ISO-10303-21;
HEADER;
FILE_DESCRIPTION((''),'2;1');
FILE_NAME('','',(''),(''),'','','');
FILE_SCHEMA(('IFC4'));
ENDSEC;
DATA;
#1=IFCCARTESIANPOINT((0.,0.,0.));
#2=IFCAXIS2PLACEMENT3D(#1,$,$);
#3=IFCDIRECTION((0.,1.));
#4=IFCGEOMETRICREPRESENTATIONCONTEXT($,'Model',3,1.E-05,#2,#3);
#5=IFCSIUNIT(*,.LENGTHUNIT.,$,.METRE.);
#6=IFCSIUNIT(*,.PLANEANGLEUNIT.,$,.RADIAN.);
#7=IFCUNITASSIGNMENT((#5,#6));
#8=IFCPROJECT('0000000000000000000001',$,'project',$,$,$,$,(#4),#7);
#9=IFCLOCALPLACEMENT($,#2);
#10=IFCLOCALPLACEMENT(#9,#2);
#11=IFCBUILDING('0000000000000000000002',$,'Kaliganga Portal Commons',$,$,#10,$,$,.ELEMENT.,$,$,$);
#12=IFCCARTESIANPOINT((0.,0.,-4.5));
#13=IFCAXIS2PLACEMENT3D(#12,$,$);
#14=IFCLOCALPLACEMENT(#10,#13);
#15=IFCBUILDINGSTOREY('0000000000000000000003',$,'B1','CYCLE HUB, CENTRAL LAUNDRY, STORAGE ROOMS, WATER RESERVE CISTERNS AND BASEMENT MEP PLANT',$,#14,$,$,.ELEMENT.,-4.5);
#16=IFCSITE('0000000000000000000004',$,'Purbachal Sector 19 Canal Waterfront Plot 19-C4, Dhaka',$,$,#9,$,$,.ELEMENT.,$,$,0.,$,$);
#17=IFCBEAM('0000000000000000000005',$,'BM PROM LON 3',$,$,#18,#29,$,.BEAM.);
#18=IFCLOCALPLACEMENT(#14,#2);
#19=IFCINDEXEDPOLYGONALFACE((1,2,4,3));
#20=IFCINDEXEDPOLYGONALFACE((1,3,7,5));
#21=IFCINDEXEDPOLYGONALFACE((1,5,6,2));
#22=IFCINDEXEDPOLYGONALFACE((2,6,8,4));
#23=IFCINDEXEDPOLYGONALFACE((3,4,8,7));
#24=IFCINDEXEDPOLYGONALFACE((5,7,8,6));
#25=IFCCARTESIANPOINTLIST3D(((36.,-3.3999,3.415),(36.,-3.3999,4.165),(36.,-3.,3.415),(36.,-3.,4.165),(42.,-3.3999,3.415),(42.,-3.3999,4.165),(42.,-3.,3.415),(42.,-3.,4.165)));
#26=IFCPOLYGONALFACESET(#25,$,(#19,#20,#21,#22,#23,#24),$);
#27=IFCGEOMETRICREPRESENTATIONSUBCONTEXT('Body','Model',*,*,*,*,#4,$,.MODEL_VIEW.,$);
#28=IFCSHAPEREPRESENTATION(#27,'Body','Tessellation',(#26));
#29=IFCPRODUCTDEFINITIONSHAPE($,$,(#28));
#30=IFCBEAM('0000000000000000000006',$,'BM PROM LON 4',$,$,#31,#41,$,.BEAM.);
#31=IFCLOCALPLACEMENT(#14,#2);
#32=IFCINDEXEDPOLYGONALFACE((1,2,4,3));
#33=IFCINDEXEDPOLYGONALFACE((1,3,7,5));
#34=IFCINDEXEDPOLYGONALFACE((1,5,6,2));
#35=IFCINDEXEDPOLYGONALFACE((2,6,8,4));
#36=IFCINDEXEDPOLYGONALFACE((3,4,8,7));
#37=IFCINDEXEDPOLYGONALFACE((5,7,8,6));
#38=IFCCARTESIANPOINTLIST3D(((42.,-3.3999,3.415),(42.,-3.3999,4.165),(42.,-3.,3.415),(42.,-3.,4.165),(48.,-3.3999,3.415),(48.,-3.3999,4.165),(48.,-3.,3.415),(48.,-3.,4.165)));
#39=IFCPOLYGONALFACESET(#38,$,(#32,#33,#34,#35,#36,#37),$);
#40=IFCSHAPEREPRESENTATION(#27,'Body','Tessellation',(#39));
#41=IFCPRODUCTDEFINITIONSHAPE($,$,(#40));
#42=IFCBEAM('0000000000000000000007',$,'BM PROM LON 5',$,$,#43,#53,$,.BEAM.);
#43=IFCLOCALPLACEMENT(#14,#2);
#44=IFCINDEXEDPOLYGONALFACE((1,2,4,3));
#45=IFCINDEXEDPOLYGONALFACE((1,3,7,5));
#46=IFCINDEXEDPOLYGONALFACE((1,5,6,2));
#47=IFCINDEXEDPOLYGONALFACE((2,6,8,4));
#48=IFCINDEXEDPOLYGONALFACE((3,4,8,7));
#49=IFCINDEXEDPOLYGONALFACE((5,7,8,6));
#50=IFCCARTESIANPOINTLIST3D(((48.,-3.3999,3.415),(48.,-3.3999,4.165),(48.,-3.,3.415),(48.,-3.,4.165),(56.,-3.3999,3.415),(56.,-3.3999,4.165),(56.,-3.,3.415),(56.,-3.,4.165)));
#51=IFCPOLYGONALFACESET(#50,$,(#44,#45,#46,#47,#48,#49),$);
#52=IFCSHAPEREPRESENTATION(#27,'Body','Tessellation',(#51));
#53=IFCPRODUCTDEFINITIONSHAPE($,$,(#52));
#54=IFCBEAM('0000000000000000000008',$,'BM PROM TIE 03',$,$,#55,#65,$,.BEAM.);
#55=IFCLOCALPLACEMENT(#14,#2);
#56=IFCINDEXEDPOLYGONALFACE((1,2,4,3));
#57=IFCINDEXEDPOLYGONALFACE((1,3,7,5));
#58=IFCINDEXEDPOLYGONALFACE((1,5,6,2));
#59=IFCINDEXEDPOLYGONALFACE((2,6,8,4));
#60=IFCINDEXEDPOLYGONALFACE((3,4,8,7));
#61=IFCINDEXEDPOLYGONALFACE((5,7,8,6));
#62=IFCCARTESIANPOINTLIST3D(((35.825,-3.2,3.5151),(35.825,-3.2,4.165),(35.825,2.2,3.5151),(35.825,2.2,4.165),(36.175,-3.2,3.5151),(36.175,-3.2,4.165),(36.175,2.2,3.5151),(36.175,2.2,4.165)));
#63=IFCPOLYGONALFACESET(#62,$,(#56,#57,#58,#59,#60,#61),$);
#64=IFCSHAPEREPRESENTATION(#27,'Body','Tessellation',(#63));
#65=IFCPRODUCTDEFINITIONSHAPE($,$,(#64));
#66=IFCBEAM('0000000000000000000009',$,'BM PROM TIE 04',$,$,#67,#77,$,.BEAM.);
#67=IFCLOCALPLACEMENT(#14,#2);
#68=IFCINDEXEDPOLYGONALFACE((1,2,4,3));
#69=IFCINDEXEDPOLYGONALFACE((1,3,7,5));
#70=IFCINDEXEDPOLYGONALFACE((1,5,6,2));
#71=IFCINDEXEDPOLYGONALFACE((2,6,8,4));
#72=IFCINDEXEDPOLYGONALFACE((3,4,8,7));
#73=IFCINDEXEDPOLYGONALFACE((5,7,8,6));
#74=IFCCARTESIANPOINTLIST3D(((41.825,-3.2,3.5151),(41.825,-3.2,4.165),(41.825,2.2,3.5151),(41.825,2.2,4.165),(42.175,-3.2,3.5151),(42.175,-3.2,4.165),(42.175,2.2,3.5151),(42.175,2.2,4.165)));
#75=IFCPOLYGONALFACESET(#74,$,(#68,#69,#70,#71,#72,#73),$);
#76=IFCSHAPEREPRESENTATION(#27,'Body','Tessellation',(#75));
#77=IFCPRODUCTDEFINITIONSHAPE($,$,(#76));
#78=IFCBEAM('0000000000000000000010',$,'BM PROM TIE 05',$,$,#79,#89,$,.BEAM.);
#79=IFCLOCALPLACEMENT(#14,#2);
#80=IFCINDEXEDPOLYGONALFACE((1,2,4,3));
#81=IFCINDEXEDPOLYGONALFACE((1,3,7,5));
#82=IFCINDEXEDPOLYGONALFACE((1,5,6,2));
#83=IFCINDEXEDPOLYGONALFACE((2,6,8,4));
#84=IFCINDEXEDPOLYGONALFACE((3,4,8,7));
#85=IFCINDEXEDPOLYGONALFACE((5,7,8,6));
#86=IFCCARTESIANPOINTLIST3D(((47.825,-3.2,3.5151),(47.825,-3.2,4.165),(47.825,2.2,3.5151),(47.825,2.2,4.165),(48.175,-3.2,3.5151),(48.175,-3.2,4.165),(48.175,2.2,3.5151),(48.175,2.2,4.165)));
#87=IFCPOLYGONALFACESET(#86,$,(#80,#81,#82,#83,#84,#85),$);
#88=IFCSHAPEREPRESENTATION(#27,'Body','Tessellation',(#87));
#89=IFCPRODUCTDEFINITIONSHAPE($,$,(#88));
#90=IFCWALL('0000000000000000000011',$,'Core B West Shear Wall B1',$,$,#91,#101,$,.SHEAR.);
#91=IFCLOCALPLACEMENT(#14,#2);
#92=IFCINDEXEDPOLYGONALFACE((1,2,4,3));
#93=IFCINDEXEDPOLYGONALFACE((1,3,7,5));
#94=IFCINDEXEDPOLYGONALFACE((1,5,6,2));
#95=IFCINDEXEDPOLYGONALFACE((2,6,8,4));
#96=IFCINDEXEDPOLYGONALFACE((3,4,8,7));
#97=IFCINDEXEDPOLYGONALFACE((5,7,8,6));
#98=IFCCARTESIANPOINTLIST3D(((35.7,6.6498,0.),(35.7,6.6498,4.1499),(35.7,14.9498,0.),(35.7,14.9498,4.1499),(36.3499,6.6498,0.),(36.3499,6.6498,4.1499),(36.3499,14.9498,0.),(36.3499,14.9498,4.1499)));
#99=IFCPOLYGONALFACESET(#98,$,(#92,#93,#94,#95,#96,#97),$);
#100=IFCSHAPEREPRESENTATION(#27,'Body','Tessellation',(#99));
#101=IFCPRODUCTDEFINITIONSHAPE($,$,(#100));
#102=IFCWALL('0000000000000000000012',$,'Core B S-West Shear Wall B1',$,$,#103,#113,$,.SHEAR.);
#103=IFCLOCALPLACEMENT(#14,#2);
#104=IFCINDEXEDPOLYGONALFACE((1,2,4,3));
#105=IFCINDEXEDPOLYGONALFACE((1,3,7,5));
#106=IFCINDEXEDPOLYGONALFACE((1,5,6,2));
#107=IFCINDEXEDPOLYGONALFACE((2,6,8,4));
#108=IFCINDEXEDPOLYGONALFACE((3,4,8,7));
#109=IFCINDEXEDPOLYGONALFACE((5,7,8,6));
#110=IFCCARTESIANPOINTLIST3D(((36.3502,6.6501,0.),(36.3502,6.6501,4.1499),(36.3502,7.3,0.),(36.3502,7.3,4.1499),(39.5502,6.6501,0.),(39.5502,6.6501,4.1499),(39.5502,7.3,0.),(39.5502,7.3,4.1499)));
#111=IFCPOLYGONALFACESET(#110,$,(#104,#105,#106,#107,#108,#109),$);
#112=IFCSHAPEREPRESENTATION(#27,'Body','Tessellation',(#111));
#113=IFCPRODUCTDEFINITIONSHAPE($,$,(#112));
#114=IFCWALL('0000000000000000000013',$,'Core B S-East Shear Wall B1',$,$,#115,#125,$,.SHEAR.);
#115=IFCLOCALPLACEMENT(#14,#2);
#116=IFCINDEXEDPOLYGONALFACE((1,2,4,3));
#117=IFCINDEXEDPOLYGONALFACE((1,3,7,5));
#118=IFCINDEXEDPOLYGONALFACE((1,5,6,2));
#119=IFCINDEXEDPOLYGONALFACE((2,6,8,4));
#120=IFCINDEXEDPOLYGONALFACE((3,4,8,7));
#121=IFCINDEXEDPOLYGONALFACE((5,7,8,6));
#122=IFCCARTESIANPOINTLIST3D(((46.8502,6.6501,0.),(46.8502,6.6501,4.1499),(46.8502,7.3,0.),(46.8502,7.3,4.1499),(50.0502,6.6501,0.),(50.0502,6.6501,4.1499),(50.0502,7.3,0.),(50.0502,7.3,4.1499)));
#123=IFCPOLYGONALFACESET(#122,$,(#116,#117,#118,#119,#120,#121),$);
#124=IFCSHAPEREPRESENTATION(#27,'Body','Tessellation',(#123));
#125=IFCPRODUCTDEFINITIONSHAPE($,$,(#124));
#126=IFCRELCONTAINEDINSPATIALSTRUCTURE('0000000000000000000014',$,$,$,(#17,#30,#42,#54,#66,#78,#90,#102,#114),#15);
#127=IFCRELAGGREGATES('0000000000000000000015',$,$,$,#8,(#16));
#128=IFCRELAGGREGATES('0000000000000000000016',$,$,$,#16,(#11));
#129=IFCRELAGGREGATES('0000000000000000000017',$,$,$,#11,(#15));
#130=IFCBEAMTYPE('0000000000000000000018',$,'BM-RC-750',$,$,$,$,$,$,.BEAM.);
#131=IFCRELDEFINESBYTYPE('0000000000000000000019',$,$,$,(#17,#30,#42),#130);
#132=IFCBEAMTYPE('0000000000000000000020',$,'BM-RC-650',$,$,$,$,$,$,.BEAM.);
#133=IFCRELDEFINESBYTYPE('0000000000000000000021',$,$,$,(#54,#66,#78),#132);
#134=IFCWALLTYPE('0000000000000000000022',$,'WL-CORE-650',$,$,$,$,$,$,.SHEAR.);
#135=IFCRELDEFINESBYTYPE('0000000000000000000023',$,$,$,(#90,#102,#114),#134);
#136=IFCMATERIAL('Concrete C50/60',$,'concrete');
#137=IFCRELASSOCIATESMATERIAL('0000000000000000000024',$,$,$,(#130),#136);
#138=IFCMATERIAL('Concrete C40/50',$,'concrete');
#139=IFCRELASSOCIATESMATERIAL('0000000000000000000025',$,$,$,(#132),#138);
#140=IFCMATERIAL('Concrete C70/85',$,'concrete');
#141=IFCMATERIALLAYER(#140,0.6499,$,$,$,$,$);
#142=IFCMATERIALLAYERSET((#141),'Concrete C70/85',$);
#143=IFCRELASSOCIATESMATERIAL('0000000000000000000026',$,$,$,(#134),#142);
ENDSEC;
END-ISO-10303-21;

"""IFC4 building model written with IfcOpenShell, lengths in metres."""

from ifc_helpers import new_model, si_unit, direction, frame, frame_2d, origin, origin_2d, place, context, subcontext, project, spatial, rectangle, extrude, source, transform, mapped, material, layer, layer_set, material_profile, profile_set, type_object, element, save


model = new_model("IFC4")

# Units and contexts
model_context = context("Model", 3, precision=1e-05, world=origin(), true_north=direction((0.0, 1.0)))
body_context = subcontext(model_context, "Body", "Model", "MODEL_VIEW")
ifc_project = project(units=[si_unit("LENGTHUNIT", "METRE"), si_unit("PLANEANGLEUNIT", "RADIAN")], contexts=[model_context])

# Site, building, storey
site_placement = place(None, origin())
site = spatial("IfcSite", under=ifc_project, at=site_placement, Name="Purbachal Sector 19 Canal Waterfront Plot 19-C4, Dhaka", CompositionType="ELEMENT", RefElevation=0.0)
building_placement = place(site_placement, origin())
building = spatial("IfcBuilding", under=site, at=building_placement, Name="Kaliganga Portal Commons", CompositionType="ELEMENT")
storey_placement = place(building_placement, frame((0.0, 0.0, -4.5)))
storey = spatial("IfcBuildingStorey", under=building, at=storey_placement, Name="B1", Description="CYCLE HUB, CENTRAL LAUNDRY, STORAGE ROOMS, WATER RESERVE CISTERNS AND BASEMENT MEP PLANT", CompositionType="ELEMENT", Elevation=-4.5)

# Shared definitions
ifc_material_1 = material(Name="Concrete C70/85", Category="concrete")

# Beams
ifc_material_2 = material(Name="Concrete C50/60", Category="concrete")
ifc_material_profile_1 = material_profile(ifc_material_2, rectangle(XDim=0.3999, YDim=0.75, at=origin_2d()), Name="RC 400x750")
ifc_profile_set_1 = profile_set([ifc_material_profile_1], Name="Concrete C50/60")
beam_type_1 = type_object("IfcBeamType", Name="BM-RC-750", PredefinedType="BEAM", material=ifc_profile_set_1)
shared_shape_1 = source(origin(), body_context, "Body", "SweptSolid", [
    extrude(rectangle(XDim=0.3999, YDim=0.75, at=origin_2d()), origin(), (0.0, 0.0, 1.0), 6.0),
])
for number, where, z_axis, x_axis, name in (
    (1, (36.0, -3.2, 3.79), (1.0, 0.0, 0.0), (0.0, 1.0, 0.0), "BM PROM LON 3"),
    (2, (42.0, -3.2, 3.79), (1.0, 0.0, 0.0), (0.0, 1.0, 0.0), "BM PROM LON 4"),
):
    element("IfcBeam", number, at=place(storey_placement, frame(where, z_axis=z_axis, x_axis=x_axis)), inside=storey, type_object=beam_type_1, Name=name, PredefinedType="BEAM", context=body_context, shape_type="MappedRepresentation", body=[
        mapped(shared_shape_1, transform((0.0, 0.0, 0.0), x_axis=(1.0, 0.0, 0.0), y_axis=(0.0, 1.0, 0.0), z_axis=(0.0, 0.0, 1.0), scale=1.0)),
    ])
shared_shape_2 = source(origin(), body_context, "Body", "SweptSolid", [
    extrude(rectangle(XDim=0.3999, YDim=0.75, at=origin_2d()), origin(), (0.0, 0.0, 1.0), 8.0),
])
beam_1_placement = place(storey_placement, frame((48.0, -3.2, 3.79), z_axis=(1.0, 0.0, 0.0), x_axis=(0.0, 1.0, 0.0)))
element("IfcBeam", 3, at=beam_1_placement, inside=storey, type_object=beam_type_1, Name="BM PROM LON 5", PredefinedType="BEAM", context=body_context, shape_type="MappedRepresentation", body=[
    mapped(shared_shape_2, transform((0.0, 0.0, 0.0), x_axis=(1.0, 0.0, 0.0), y_axis=(0.0, 1.0, 0.0), z_axis=(0.0, 0.0, 1.0), scale=1.0)),
])
ifc_material_3 = material(Name="Concrete C40/50", Category="concrete")
ifc_material_profile_2 = material_profile(ifc_material_3, rectangle(XDim=0.3501, YDim=0.6499, at=origin_2d()), Name="RC 350x650")
ifc_profile_set_2 = profile_set([ifc_material_profile_2], Name="Concrete C40/50")
beam_type_2 = type_object("IfcBeamType", Name="BM-RC-650", PredefinedType="BEAM", material=ifc_profile_set_2)
shared_shape_3 = source(origin(), body_context, "Body", "SweptSolid", [
    extrude(rectangle(XDim=0.3501, YDim=0.6499, at=origin_2d()), origin(), (0.0, 0.0, 1.0), 5.3999),
])
for number, where, z_axis, x_axis, name in (
    (4, (36.0, -3.2, 3.8401), (0.0, 1.0, 0.0), (-1.0, 0.0, 0.0), "BM PROM TIE 03"),
    (5, (42.0, -3.2, 3.8401), (0.0, 1.0, 0.0), (-1.0, 0.0, 0.0), "BM PROM TIE 04"),
    (6, (48.0, -3.2, 3.8401), (0.0, 1.0, 0.0), (-1.0, 0.0, 0.0), "BM PROM TIE 05"),
):
    element("IfcBeam", number, at=place(storey_placement, frame(where, z_axis=z_axis, x_axis=x_axis)), inside=storey, type_object=beam_type_2, Name=name, PredefinedType="BEAM", context=body_context, shape_type="MappedRepresentation", body=[
        mapped(shared_shape_3, transform((0.0, 0.0, 0.0), x_axis=(1.0, 0.0, 0.0), y_axis=(0.0, 1.0, 0.0), z_axis=(0.0, 0.0, 1.0), scale=1.0)),
    ])

# Walls
ifc_layer = layer(ifc_material_1, 0.6499)
ifc_layer_set = layer_set([ifc_layer], Name="Concrete C70/85")
wall_type = type_object("IfcWallType", Name="WL-CORE-650", PredefinedType="SHEAR", material=ifc_layer_set)
wall_placement = place(storey_placement, frame((36.0249, 6.6499, 0.0), z_axis=(0.0, 0.0, 1.0), x_axis=(0.0, 1.0, 0.0)))
element("IfcWall", 7, at=wall_placement, inside=storey, type_object=wall_type, Name="Core B West Shear Wall B1", PredefinedType="SHEAR", context=body_context, shape_type="SweptSolid", body=[
    extrude(rectangle(XDim=8.3, YDim=0.6499, at=frame_2d((4.1499, 0.0))), origin(), (0.0, 0.0, 1.0), 4.1499),
])
for number, where, z_axis, x_axis, name in (
    (8, (36.3501, 6.9751, 0.0), (0.0, 0.0, 1.0), (1.0, 0.0, 0.0), "Core B S-West Shear Wall B1"),
    (9, (46.8501, 6.9751, 0.0), (0.0, 0.0, 1.0), (1.0, 0.0, 0.0), "Core B S-East Shear Wall B1"),
):
    element("IfcWall", number, at=place(storey_placement, frame(where, z_axis=z_axis, x_axis=x_axis)), inside=storey, type_object=wall_type, Name=name, PredefinedType="SHEAR", context=body_context, shape_type="SweptSolid", body=[
        extrude(rectangle(XDim=3.2, YDim=0.6499, at=frame_2d((1.6001, 0.0))), origin(), (0.0, 0.0, 1.0), 4.1499),
    ])

save(model, "model.ifc")
